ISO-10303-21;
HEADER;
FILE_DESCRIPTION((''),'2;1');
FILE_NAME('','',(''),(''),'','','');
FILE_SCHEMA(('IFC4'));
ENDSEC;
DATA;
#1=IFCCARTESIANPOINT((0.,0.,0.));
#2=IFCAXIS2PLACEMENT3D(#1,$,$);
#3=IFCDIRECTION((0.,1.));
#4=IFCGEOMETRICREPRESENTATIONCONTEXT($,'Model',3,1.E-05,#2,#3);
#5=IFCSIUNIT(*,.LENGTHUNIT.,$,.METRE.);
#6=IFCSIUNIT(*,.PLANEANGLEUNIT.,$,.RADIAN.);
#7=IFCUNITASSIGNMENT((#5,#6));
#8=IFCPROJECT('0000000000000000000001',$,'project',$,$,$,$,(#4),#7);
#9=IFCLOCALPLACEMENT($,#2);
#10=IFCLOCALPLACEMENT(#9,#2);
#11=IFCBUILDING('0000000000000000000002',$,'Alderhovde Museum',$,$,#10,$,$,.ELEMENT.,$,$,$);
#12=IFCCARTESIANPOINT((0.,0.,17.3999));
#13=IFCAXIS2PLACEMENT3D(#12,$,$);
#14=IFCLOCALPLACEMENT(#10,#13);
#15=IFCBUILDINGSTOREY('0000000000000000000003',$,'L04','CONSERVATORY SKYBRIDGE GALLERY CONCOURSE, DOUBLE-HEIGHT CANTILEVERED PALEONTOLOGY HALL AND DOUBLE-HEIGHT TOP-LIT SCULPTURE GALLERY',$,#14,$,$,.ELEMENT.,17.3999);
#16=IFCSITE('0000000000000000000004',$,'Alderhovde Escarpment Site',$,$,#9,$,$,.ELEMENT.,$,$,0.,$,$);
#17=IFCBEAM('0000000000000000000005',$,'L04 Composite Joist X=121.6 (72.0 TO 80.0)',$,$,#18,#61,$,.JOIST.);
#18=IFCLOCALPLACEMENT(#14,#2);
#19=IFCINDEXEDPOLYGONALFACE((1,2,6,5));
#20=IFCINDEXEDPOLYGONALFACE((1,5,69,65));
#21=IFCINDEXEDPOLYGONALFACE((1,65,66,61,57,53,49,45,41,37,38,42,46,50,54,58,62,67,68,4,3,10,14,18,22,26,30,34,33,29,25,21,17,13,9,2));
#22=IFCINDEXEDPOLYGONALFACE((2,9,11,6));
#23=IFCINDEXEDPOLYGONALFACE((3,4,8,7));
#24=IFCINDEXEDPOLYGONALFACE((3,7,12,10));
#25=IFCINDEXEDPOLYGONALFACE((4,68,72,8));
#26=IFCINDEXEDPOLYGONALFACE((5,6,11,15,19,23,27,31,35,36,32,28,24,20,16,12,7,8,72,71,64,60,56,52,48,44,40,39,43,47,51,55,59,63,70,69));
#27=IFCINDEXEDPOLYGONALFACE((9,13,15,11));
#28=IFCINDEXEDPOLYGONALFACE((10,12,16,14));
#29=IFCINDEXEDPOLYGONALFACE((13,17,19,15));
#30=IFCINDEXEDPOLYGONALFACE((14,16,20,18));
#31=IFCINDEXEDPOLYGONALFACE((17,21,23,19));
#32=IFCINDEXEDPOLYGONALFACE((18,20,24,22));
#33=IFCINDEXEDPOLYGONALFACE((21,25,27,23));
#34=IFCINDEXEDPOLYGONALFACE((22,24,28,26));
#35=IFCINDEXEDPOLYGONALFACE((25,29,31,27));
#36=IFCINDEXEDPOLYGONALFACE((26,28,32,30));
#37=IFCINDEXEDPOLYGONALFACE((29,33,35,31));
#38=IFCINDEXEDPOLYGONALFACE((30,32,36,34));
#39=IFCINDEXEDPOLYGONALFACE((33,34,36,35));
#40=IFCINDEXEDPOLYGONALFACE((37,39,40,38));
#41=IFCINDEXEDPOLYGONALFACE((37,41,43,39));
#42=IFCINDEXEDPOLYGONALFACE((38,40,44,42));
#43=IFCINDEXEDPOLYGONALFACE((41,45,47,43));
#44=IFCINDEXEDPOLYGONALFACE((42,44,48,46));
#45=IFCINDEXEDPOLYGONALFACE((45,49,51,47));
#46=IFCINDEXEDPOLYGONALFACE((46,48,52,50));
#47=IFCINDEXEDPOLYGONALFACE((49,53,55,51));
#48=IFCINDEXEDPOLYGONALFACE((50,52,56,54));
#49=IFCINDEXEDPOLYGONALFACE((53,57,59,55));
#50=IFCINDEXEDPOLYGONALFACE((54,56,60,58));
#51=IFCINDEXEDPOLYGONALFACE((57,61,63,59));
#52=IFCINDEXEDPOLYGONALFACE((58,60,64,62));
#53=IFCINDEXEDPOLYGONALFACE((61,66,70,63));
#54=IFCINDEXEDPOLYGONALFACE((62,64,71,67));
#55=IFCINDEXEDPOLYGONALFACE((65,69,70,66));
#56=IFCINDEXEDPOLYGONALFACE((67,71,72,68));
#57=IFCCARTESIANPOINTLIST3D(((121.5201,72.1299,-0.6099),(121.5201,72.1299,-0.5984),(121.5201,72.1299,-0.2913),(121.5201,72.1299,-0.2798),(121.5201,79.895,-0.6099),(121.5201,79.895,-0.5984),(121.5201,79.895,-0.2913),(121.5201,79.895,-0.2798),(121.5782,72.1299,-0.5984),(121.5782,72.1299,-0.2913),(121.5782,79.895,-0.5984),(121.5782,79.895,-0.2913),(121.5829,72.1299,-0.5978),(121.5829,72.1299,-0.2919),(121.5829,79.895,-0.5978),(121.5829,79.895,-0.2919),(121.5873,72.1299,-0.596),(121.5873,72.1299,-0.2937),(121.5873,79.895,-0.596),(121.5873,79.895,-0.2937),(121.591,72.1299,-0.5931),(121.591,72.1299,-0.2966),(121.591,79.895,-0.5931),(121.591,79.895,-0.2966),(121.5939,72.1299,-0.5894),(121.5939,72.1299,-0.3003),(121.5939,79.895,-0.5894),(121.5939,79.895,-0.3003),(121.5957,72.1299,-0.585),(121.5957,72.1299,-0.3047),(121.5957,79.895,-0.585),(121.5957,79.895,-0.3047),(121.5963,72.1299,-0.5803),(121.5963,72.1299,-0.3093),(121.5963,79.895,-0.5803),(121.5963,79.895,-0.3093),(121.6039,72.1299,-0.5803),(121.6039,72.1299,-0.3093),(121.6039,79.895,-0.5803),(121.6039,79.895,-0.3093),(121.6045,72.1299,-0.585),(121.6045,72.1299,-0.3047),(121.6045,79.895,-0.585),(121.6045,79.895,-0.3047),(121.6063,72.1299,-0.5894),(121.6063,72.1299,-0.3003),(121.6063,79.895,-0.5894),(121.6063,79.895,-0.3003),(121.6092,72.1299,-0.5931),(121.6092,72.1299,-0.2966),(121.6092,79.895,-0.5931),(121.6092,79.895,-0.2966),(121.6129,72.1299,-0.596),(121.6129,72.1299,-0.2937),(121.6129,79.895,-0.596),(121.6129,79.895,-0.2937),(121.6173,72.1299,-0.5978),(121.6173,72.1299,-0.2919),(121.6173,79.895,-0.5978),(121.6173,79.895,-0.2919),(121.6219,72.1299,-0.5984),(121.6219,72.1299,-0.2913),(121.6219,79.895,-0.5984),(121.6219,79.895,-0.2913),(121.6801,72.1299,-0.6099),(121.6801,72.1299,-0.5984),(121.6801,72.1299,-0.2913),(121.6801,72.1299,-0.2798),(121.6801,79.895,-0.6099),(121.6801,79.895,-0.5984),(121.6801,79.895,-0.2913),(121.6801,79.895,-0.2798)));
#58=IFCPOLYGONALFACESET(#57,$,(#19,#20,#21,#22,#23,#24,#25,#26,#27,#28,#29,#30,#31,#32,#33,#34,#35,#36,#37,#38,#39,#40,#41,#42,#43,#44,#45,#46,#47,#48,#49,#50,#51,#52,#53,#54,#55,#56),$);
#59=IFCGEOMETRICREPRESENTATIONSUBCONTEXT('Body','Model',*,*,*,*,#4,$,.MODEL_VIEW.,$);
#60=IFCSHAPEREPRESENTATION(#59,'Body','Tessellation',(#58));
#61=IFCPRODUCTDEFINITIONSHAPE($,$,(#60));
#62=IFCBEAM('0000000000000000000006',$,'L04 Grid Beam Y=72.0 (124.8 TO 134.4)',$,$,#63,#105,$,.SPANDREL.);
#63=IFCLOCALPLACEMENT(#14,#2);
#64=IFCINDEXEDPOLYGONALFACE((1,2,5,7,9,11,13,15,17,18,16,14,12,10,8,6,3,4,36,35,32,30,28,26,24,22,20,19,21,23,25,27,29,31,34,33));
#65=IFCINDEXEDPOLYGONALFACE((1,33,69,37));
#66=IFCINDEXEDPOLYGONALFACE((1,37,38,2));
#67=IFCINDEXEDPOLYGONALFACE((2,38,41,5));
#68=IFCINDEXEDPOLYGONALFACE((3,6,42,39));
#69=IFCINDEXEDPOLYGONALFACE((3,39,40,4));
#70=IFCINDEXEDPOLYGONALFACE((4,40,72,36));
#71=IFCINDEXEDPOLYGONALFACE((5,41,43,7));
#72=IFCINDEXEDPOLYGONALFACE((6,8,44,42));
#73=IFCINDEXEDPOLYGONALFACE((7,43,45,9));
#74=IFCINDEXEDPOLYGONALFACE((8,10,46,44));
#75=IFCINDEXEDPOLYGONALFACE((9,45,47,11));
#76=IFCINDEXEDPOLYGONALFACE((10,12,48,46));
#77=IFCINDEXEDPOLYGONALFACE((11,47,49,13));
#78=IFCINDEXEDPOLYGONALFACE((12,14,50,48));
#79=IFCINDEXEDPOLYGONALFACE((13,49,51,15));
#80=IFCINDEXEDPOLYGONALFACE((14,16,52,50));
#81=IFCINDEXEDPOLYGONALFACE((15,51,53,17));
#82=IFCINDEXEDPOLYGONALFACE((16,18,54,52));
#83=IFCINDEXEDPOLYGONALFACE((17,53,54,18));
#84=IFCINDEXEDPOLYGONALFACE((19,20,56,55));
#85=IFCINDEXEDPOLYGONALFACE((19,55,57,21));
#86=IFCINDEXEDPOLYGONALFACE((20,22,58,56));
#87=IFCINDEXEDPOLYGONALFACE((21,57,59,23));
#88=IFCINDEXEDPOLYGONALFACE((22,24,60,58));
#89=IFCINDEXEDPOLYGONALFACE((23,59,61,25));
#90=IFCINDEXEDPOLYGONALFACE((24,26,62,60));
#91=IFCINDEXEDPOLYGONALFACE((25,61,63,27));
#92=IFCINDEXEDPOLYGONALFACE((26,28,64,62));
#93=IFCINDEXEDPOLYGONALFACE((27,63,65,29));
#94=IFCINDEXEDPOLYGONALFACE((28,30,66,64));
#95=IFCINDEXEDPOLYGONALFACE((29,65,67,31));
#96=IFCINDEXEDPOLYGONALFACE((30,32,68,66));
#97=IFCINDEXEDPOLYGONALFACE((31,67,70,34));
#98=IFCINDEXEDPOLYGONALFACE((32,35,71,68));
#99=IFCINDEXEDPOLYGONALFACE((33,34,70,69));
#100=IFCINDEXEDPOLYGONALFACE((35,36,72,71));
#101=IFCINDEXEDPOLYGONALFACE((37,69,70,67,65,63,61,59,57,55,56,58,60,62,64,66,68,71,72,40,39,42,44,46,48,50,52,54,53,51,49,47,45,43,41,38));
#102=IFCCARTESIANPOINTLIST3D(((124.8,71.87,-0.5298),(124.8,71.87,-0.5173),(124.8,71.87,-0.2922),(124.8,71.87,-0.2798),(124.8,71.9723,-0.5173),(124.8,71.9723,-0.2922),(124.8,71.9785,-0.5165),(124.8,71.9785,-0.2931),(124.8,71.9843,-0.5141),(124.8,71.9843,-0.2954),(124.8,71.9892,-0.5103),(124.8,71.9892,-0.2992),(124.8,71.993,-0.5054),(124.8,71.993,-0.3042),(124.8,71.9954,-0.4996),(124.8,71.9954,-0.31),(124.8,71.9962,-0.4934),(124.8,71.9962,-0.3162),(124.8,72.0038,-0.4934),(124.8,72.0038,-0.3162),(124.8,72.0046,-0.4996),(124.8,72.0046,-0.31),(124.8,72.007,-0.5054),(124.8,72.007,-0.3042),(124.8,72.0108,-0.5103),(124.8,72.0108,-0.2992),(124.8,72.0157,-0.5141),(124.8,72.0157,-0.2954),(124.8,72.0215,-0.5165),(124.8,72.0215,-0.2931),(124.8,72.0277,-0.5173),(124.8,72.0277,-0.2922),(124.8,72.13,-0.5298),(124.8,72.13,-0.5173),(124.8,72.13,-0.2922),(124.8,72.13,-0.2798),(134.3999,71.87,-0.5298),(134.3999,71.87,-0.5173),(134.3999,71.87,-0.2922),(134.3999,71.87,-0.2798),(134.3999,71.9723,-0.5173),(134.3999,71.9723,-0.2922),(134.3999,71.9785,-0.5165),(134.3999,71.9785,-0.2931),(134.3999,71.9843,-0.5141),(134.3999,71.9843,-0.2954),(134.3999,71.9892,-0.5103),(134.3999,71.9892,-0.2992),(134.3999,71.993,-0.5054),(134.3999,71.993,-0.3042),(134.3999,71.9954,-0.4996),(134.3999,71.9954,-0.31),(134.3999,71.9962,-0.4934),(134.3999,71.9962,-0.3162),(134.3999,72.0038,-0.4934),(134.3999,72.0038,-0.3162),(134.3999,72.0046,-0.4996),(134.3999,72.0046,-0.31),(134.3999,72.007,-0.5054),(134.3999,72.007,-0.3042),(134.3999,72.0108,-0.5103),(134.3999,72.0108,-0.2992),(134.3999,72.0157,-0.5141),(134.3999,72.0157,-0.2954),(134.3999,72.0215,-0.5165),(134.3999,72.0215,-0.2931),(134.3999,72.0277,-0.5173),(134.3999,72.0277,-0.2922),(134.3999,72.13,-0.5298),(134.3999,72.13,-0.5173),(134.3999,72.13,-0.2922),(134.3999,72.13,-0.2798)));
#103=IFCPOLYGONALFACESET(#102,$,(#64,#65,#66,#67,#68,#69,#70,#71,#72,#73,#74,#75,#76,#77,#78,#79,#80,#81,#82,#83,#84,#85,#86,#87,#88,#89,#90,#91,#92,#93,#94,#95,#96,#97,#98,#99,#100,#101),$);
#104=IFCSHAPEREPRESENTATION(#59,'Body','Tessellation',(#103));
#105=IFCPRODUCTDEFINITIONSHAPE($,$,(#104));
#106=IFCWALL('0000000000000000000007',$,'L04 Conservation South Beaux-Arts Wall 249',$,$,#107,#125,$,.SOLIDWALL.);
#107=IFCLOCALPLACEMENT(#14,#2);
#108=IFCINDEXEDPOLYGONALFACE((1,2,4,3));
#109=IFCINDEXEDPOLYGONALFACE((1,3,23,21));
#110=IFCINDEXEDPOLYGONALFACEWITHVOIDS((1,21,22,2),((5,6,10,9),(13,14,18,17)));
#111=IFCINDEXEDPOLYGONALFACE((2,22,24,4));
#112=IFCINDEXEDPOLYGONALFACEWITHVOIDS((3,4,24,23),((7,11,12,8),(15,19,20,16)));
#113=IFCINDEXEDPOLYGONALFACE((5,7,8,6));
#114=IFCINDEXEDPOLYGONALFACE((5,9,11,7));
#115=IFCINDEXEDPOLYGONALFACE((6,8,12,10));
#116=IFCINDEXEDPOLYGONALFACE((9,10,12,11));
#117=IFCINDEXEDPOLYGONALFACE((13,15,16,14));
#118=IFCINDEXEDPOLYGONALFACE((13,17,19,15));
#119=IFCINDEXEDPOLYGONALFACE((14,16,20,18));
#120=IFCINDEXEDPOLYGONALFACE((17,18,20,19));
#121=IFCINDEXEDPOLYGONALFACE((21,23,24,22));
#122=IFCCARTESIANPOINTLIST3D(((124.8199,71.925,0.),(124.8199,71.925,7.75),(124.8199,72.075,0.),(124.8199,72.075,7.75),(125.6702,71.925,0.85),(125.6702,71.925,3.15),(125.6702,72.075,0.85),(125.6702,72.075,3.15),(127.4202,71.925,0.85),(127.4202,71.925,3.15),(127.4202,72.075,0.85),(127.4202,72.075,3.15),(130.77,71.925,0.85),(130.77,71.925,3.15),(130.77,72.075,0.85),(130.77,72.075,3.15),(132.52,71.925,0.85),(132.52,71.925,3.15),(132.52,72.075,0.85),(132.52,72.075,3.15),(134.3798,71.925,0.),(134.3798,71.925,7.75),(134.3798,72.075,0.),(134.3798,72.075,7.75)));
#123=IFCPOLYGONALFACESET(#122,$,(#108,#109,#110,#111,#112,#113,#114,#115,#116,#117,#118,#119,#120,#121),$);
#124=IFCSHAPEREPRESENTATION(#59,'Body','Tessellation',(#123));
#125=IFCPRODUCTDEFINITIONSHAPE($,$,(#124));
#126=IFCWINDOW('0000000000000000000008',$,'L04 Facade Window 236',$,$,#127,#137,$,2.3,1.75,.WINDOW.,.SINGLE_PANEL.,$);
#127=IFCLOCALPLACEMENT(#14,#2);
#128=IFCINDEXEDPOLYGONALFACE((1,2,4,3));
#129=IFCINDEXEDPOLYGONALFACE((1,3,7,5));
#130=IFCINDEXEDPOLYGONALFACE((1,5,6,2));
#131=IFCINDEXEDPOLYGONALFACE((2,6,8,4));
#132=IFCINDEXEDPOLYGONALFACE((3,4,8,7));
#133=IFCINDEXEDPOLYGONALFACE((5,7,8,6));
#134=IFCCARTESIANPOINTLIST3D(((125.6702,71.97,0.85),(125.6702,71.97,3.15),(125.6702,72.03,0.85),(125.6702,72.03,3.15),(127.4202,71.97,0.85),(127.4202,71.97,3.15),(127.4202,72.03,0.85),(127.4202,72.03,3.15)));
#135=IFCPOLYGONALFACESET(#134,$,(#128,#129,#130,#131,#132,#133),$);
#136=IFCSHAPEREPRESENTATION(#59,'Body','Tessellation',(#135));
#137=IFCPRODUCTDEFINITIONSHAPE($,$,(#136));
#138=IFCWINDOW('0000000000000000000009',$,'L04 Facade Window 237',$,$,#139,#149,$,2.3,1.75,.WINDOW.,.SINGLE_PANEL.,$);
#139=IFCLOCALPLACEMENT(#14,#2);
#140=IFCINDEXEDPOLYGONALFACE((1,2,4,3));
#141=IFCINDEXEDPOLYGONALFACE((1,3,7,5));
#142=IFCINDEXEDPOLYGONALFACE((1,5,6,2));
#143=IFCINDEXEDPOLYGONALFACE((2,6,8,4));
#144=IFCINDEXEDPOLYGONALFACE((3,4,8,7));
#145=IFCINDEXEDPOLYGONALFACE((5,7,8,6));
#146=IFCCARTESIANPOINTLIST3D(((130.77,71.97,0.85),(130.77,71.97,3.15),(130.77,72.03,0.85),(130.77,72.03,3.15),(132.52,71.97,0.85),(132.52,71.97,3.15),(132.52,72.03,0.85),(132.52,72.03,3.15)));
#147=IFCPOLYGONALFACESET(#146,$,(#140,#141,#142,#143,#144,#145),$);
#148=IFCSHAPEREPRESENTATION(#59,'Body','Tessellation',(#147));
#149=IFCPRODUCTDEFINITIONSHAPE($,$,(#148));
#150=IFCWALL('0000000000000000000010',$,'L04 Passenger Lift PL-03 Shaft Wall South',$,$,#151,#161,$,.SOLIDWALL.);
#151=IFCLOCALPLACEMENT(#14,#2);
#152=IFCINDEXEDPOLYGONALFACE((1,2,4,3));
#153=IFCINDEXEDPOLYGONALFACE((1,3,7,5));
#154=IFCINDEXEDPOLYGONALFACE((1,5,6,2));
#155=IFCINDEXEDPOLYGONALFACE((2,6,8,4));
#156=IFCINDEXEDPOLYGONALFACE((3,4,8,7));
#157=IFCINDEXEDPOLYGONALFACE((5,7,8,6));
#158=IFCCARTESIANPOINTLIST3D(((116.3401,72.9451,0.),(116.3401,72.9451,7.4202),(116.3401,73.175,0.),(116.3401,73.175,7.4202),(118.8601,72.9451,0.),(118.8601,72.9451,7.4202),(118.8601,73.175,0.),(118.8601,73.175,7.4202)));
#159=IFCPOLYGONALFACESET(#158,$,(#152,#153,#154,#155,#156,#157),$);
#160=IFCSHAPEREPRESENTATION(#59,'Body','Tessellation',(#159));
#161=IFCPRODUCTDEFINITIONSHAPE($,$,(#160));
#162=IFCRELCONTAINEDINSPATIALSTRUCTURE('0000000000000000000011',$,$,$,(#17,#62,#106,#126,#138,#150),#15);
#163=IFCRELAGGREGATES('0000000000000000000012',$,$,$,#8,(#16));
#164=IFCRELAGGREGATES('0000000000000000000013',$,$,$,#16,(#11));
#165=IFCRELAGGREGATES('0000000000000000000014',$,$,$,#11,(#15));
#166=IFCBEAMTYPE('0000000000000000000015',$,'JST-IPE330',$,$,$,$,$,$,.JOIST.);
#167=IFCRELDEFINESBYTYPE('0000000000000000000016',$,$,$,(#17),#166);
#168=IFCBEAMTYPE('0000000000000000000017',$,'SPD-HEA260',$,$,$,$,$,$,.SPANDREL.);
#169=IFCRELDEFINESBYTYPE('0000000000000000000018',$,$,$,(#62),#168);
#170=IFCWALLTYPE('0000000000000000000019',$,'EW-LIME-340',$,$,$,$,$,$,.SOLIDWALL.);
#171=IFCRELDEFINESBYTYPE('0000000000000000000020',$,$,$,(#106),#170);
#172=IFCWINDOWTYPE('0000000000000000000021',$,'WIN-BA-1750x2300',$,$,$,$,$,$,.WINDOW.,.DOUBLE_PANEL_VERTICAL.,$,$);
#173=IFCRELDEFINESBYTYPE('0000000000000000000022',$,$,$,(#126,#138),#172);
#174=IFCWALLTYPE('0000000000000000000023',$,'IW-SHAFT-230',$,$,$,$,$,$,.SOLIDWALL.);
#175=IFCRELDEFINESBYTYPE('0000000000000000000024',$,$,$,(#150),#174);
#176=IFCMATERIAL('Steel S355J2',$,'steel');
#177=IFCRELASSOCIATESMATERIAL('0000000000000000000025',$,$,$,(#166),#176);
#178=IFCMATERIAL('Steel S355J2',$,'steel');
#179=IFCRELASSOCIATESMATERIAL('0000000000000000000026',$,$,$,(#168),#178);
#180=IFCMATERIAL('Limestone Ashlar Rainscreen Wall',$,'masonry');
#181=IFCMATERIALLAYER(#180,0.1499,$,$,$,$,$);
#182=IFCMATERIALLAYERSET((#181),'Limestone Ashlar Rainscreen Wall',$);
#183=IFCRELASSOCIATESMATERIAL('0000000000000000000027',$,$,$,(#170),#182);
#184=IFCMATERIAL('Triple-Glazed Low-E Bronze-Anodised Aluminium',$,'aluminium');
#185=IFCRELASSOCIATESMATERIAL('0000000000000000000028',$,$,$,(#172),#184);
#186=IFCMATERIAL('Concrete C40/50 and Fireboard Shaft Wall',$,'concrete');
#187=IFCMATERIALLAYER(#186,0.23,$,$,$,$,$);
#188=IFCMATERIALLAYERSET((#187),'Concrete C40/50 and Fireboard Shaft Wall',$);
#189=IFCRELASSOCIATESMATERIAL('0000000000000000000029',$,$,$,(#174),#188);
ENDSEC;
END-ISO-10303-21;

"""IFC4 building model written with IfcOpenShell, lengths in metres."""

from ifc_helpers import new_model, si_unit, direction, frame, frame_2d, origin, origin_2d, place, context, subcontext, project, spatial, rectangle, i_section, extrude, material, layer, layer_set, material_profile, profile_set, type_object, element, fill, save


model = new_model("IFC4")

# Units and contexts
model_context = context("Model", 3, precision=1e-05, world=origin(), true_north=direction((0.0, 1.0)))
body_context = subcontext(model_context, "Body", "Model", "MODEL_VIEW")
ifc_project = project(units=[si_unit("LENGTHUNIT", "METRE"), si_unit("PLANEANGLEUNIT", "RADIAN")], contexts=[model_context])

# Site, building, storey
site_placement = place(None, origin())
site = spatial("IfcSite", under=ifc_project, at=site_placement, Name="Alderhovde Escarpment Site", CompositionType="ELEMENT", RefElevation=0.0)
building_placement = place(site_placement, origin())
building = spatial("IfcBuilding", under=site, at=building_placement, Name="Alderhovde Museum", CompositionType="ELEMENT")
storey_placement = place(building_placement, frame((0.0, 0.0, 17.3999)))
storey = spatial("IfcBuildingStorey", under=building, at=storey_placement, Name="L04", Description="CONSERVATORY SKYBRIDGE GALLERY CONCOURSE, DOUBLE-HEIGHT CANTILEVERED PALEONTOLOGY HALL AND DOUBLE-HEIGHT TOP-LIT SCULPTURE GALLERY", CompositionType="ELEMENT", Elevation=17.3999)

# Beams
ifc_material_1 = material(Name="Steel S355J2", Category="steel")
ifc_material_profile_1 = material_profile(ifc_material_1, i_section(OverallWidth=0.1599, OverallDepth=0.3301, WebThickness=0.0076, FlangeThickness=0.0115, FilletRadius=0.0181, at=origin_2d()), Name="IPE 330")
ifc_profile_set_1 = profile_set([ifc_material_profile_1], Name="Steel S355J2")
beam_type_1 = type_object("IfcBeamType", Name="JST-IPE330", PredefinedType="JOIST", material=ifc_profile_set_1)
beam_1_placement = place(storey_placement, frame((121.6001, 72.1299, -0.4448), z_axis=(0.0, 1.0, 0.0), x_axis=(-1.0, 0.0, 0.0)))
element("IfcBeam", 1, at=beam_1_placement, inside=storey, type_object=beam_type_1, Name="L04 Composite Joist X=121.6 (72.0 TO 80.0)", PredefinedType="JOIST", context=body_context, shape_type="SweptSolid", body=[
    extrude(i_section(OverallWidth=0.1599, OverallDepth=0.3301, WebThickness=0.0076, FlangeThickness=0.0115, FilletRadius=0.0181, at=origin_2d()), origin(), (0.0, 0.0, 1.0), 7.7651),
])
ifc_material_2 = material(Name="Steel S355J2", Category="steel")
ifc_material_profile_2 = material_profile(ifc_material_2, i_section(OverallWidth=0.26, OverallDepth=0.25, WebThickness=0.0076, FlangeThickness=0.0125, FilletRadius=0.0239, at=origin_2d()), Name="HEA 260")
ifc_profile_set_2 = profile_set([ifc_material_profile_2], Name="Steel S355J2")
beam_type_2 = type_object("IfcBeamType", Name="SPD-HEA260", PredefinedType="SPANDREL", material=ifc_profile_set_2)
beam_2_placement = place(storey_placement, frame((124.8, 72.0, -0.4048), z_axis=(1.0, 0.0, 0.0), x_axis=(0.0, 1.0, 0.0)))
element("IfcBeam", 2, at=beam_2_placement, inside=storey, type_object=beam_type_2, Name="L04 Grid Beam Y=72.0 (124.8 TO 134.4)", PredefinedType="SPANDREL", context=body_context, shape_type="SweptSolid", body=[
    extrude(i_section(OverallWidth=0.26, OverallDepth=0.25, WebThickness=0.0076, FlangeThickness=0.0125, FilletRadius=0.0239, at=origin_2d()), origin(), (0.0, 0.0, 1.0), 9.5999),
])

# Wall, openings, windows
ifc_material_3 = material(Name="Limestone Ashlar Rainscreen Wall", Category="masonry")
ifc_layer_1 = layer(ifc_material_3, 0.1499)
ifc_layer_set_1 = layer_set([ifc_layer_1], Name="Limestone Ashlar Rainscreen Wall")
wall_type_1 = type_object("IfcWallType", Name="EW-LIME-340", PredefinedType="SOLIDWALL", material=ifc_layer_set_1)
wall_1_placement = place(storey_placement, frame((124.8201, 72.0, 0.0), z_axis=(0.0, 0.0, 1.0), x_axis=(1.0, 0.0, 0.0)))
wall_1 = element("IfcWall", 3, at=wall_1_placement, inside=storey, type_object=wall_type_1, Name="L04 Conservation South Beaux-Arts Wall 249", PredefinedType="SOLIDWALL", context=body_context, shape_type="SweptSolid", body=[
    extrude(rectangle(XDim=9.5598, YDim=0.1499, at=frame_2d((4.7798, 0.0))), origin(), (0.0, 0.0, 1.0), 7.75),
])
opening_1_placement = place(wall_1_placement, frame((0.8501, 0.0, 0.8501)))
opening_1 = element("IfcOpeningElement", 4, at=opening_1_placement, cuts=wall_1, PredefinedType="OPENING", context=body_context, shape_type="SweptSolid", body=[
    extrude(rectangle(XDim=1.75, YDim=2.3, at=frame_2d((0.875, 1.1499))), frame((0.0, 0.085, 0.0), z_axis=(0.0, -1.0, 0.0), x_axis=(1.0, 0.0, 0.0)), (0.0, 0.0, 1.0), 0.1699),
])
opening_2_placement = place(wall_1_placement, frame((5.95, 0.0, 0.8501)))
opening_2 = element("IfcOpeningElement", 5, at=opening_2_placement, cuts=wall_1, PredefinedType="OPENING", context=body_context, shape_type="SweptSolid", body=[
    extrude(rectangle(XDim=1.75, YDim=2.3, at=frame_2d((0.875, 1.1499))), frame((0.0, 0.085, 0.0), z_axis=(0.0, -1.0, 0.0), x_axis=(1.0, 0.0, 0.0)), (0.0, 0.0, 1.0), 0.1699),
])
ifc_material_4 = material(Name="Triple-Glazed Low-E Bronze-Anodised Aluminium", Category="aluminium")
window_type = type_object("IfcWindowType", Name="WIN-BA-1750x2300", PartitioningType="DOUBLE_PANEL_VERTICAL", PredefinedType="WINDOW", material=ifc_material_4)
window_1_placement = place(opening_1_placement, origin())
window_1 = element("IfcWindow", 6, at=window_1_placement, inside=storey, type_object=window_type, Name="L04 Facade Window 236", OverallHeight=2.3, OverallWidth=1.75, PartitioningType="SINGLE_PANEL", PredefinedType="WINDOW", context=body_context, shape_type="SweptSolid", body=[
    extrude(rectangle(XDim=1.75, YDim=2.3, at=frame_2d((0.875, 1.1499))), frame((0.0, 0.03, 0.0), z_axis=(0.0, -1.0, 0.0), x_axis=(1.0, 0.0, 0.0)), (0.0, 0.0, 1.0), 0.0601),
])
fill(opening_1, window_1)
window_2_placement = place(opening_2_placement, origin())
window_2 = element("IfcWindow", 7, at=window_2_placement, inside=storey, type_object=window_type, Name="L04 Facade Window 237", OverallHeight=2.3, OverallWidth=1.75, PartitioningType="SINGLE_PANEL", PredefinedType="WINDOW", context=body_context, shape_type="SweptSolid", body=[
    extrude(rectangle(XDim=1.75, YDim=2.3, at=frame_2d((0.875, 1.1499))), frame((0.0, 0.03, 0.0), z_axis=(0.0, -1.0, 0.0), x_axis=(1.0, 0.0, 0.0)), (0.0, 0.0, 1.0), 0.0601),
])
fill(opening_2, window_2)

# Wall
ifc_material_5 = material(Name="Concrete C40/50 and Fireboard Shaft Wall", Category="concrete")
ifc_layer_2 = layer(ifc_material_5, 0.23)
ifc_layer_set_2 = layer_set([ifc_layer_2], Name="Concrete C40/50 and Fireboard Shaft Wall")
wall_type_2 = type_object("IfcWallType", Name="IW-SHAFT-230", PredefinedType="SOLIDWALL", material=ifc_layer_set_2)
wall_2_placement = place(storey_placement, frame((116.3401, 73.0601, 0.0), z_axis=(0.0, 0.0, 1.0), x_axis=(1.0, 0.0, 0.0)))
element("IfcWall", 8, at=wall_2_placement, inside=storey, type_object=wall_type_2, Name="L04 Passenger Lift PL-03 Shaft Wall South", PredefinedType="SOLIDWALL", context=body_context, shape_type="SweptSolid", body=[
    extrude(rectangle(XDim=2.52, YDim=0.23, at=frame_2d((1.26, 0.0))), origin(), (0.0, 0.0, 1.0), 7.4202),
])

save(model, "model.ifc")
